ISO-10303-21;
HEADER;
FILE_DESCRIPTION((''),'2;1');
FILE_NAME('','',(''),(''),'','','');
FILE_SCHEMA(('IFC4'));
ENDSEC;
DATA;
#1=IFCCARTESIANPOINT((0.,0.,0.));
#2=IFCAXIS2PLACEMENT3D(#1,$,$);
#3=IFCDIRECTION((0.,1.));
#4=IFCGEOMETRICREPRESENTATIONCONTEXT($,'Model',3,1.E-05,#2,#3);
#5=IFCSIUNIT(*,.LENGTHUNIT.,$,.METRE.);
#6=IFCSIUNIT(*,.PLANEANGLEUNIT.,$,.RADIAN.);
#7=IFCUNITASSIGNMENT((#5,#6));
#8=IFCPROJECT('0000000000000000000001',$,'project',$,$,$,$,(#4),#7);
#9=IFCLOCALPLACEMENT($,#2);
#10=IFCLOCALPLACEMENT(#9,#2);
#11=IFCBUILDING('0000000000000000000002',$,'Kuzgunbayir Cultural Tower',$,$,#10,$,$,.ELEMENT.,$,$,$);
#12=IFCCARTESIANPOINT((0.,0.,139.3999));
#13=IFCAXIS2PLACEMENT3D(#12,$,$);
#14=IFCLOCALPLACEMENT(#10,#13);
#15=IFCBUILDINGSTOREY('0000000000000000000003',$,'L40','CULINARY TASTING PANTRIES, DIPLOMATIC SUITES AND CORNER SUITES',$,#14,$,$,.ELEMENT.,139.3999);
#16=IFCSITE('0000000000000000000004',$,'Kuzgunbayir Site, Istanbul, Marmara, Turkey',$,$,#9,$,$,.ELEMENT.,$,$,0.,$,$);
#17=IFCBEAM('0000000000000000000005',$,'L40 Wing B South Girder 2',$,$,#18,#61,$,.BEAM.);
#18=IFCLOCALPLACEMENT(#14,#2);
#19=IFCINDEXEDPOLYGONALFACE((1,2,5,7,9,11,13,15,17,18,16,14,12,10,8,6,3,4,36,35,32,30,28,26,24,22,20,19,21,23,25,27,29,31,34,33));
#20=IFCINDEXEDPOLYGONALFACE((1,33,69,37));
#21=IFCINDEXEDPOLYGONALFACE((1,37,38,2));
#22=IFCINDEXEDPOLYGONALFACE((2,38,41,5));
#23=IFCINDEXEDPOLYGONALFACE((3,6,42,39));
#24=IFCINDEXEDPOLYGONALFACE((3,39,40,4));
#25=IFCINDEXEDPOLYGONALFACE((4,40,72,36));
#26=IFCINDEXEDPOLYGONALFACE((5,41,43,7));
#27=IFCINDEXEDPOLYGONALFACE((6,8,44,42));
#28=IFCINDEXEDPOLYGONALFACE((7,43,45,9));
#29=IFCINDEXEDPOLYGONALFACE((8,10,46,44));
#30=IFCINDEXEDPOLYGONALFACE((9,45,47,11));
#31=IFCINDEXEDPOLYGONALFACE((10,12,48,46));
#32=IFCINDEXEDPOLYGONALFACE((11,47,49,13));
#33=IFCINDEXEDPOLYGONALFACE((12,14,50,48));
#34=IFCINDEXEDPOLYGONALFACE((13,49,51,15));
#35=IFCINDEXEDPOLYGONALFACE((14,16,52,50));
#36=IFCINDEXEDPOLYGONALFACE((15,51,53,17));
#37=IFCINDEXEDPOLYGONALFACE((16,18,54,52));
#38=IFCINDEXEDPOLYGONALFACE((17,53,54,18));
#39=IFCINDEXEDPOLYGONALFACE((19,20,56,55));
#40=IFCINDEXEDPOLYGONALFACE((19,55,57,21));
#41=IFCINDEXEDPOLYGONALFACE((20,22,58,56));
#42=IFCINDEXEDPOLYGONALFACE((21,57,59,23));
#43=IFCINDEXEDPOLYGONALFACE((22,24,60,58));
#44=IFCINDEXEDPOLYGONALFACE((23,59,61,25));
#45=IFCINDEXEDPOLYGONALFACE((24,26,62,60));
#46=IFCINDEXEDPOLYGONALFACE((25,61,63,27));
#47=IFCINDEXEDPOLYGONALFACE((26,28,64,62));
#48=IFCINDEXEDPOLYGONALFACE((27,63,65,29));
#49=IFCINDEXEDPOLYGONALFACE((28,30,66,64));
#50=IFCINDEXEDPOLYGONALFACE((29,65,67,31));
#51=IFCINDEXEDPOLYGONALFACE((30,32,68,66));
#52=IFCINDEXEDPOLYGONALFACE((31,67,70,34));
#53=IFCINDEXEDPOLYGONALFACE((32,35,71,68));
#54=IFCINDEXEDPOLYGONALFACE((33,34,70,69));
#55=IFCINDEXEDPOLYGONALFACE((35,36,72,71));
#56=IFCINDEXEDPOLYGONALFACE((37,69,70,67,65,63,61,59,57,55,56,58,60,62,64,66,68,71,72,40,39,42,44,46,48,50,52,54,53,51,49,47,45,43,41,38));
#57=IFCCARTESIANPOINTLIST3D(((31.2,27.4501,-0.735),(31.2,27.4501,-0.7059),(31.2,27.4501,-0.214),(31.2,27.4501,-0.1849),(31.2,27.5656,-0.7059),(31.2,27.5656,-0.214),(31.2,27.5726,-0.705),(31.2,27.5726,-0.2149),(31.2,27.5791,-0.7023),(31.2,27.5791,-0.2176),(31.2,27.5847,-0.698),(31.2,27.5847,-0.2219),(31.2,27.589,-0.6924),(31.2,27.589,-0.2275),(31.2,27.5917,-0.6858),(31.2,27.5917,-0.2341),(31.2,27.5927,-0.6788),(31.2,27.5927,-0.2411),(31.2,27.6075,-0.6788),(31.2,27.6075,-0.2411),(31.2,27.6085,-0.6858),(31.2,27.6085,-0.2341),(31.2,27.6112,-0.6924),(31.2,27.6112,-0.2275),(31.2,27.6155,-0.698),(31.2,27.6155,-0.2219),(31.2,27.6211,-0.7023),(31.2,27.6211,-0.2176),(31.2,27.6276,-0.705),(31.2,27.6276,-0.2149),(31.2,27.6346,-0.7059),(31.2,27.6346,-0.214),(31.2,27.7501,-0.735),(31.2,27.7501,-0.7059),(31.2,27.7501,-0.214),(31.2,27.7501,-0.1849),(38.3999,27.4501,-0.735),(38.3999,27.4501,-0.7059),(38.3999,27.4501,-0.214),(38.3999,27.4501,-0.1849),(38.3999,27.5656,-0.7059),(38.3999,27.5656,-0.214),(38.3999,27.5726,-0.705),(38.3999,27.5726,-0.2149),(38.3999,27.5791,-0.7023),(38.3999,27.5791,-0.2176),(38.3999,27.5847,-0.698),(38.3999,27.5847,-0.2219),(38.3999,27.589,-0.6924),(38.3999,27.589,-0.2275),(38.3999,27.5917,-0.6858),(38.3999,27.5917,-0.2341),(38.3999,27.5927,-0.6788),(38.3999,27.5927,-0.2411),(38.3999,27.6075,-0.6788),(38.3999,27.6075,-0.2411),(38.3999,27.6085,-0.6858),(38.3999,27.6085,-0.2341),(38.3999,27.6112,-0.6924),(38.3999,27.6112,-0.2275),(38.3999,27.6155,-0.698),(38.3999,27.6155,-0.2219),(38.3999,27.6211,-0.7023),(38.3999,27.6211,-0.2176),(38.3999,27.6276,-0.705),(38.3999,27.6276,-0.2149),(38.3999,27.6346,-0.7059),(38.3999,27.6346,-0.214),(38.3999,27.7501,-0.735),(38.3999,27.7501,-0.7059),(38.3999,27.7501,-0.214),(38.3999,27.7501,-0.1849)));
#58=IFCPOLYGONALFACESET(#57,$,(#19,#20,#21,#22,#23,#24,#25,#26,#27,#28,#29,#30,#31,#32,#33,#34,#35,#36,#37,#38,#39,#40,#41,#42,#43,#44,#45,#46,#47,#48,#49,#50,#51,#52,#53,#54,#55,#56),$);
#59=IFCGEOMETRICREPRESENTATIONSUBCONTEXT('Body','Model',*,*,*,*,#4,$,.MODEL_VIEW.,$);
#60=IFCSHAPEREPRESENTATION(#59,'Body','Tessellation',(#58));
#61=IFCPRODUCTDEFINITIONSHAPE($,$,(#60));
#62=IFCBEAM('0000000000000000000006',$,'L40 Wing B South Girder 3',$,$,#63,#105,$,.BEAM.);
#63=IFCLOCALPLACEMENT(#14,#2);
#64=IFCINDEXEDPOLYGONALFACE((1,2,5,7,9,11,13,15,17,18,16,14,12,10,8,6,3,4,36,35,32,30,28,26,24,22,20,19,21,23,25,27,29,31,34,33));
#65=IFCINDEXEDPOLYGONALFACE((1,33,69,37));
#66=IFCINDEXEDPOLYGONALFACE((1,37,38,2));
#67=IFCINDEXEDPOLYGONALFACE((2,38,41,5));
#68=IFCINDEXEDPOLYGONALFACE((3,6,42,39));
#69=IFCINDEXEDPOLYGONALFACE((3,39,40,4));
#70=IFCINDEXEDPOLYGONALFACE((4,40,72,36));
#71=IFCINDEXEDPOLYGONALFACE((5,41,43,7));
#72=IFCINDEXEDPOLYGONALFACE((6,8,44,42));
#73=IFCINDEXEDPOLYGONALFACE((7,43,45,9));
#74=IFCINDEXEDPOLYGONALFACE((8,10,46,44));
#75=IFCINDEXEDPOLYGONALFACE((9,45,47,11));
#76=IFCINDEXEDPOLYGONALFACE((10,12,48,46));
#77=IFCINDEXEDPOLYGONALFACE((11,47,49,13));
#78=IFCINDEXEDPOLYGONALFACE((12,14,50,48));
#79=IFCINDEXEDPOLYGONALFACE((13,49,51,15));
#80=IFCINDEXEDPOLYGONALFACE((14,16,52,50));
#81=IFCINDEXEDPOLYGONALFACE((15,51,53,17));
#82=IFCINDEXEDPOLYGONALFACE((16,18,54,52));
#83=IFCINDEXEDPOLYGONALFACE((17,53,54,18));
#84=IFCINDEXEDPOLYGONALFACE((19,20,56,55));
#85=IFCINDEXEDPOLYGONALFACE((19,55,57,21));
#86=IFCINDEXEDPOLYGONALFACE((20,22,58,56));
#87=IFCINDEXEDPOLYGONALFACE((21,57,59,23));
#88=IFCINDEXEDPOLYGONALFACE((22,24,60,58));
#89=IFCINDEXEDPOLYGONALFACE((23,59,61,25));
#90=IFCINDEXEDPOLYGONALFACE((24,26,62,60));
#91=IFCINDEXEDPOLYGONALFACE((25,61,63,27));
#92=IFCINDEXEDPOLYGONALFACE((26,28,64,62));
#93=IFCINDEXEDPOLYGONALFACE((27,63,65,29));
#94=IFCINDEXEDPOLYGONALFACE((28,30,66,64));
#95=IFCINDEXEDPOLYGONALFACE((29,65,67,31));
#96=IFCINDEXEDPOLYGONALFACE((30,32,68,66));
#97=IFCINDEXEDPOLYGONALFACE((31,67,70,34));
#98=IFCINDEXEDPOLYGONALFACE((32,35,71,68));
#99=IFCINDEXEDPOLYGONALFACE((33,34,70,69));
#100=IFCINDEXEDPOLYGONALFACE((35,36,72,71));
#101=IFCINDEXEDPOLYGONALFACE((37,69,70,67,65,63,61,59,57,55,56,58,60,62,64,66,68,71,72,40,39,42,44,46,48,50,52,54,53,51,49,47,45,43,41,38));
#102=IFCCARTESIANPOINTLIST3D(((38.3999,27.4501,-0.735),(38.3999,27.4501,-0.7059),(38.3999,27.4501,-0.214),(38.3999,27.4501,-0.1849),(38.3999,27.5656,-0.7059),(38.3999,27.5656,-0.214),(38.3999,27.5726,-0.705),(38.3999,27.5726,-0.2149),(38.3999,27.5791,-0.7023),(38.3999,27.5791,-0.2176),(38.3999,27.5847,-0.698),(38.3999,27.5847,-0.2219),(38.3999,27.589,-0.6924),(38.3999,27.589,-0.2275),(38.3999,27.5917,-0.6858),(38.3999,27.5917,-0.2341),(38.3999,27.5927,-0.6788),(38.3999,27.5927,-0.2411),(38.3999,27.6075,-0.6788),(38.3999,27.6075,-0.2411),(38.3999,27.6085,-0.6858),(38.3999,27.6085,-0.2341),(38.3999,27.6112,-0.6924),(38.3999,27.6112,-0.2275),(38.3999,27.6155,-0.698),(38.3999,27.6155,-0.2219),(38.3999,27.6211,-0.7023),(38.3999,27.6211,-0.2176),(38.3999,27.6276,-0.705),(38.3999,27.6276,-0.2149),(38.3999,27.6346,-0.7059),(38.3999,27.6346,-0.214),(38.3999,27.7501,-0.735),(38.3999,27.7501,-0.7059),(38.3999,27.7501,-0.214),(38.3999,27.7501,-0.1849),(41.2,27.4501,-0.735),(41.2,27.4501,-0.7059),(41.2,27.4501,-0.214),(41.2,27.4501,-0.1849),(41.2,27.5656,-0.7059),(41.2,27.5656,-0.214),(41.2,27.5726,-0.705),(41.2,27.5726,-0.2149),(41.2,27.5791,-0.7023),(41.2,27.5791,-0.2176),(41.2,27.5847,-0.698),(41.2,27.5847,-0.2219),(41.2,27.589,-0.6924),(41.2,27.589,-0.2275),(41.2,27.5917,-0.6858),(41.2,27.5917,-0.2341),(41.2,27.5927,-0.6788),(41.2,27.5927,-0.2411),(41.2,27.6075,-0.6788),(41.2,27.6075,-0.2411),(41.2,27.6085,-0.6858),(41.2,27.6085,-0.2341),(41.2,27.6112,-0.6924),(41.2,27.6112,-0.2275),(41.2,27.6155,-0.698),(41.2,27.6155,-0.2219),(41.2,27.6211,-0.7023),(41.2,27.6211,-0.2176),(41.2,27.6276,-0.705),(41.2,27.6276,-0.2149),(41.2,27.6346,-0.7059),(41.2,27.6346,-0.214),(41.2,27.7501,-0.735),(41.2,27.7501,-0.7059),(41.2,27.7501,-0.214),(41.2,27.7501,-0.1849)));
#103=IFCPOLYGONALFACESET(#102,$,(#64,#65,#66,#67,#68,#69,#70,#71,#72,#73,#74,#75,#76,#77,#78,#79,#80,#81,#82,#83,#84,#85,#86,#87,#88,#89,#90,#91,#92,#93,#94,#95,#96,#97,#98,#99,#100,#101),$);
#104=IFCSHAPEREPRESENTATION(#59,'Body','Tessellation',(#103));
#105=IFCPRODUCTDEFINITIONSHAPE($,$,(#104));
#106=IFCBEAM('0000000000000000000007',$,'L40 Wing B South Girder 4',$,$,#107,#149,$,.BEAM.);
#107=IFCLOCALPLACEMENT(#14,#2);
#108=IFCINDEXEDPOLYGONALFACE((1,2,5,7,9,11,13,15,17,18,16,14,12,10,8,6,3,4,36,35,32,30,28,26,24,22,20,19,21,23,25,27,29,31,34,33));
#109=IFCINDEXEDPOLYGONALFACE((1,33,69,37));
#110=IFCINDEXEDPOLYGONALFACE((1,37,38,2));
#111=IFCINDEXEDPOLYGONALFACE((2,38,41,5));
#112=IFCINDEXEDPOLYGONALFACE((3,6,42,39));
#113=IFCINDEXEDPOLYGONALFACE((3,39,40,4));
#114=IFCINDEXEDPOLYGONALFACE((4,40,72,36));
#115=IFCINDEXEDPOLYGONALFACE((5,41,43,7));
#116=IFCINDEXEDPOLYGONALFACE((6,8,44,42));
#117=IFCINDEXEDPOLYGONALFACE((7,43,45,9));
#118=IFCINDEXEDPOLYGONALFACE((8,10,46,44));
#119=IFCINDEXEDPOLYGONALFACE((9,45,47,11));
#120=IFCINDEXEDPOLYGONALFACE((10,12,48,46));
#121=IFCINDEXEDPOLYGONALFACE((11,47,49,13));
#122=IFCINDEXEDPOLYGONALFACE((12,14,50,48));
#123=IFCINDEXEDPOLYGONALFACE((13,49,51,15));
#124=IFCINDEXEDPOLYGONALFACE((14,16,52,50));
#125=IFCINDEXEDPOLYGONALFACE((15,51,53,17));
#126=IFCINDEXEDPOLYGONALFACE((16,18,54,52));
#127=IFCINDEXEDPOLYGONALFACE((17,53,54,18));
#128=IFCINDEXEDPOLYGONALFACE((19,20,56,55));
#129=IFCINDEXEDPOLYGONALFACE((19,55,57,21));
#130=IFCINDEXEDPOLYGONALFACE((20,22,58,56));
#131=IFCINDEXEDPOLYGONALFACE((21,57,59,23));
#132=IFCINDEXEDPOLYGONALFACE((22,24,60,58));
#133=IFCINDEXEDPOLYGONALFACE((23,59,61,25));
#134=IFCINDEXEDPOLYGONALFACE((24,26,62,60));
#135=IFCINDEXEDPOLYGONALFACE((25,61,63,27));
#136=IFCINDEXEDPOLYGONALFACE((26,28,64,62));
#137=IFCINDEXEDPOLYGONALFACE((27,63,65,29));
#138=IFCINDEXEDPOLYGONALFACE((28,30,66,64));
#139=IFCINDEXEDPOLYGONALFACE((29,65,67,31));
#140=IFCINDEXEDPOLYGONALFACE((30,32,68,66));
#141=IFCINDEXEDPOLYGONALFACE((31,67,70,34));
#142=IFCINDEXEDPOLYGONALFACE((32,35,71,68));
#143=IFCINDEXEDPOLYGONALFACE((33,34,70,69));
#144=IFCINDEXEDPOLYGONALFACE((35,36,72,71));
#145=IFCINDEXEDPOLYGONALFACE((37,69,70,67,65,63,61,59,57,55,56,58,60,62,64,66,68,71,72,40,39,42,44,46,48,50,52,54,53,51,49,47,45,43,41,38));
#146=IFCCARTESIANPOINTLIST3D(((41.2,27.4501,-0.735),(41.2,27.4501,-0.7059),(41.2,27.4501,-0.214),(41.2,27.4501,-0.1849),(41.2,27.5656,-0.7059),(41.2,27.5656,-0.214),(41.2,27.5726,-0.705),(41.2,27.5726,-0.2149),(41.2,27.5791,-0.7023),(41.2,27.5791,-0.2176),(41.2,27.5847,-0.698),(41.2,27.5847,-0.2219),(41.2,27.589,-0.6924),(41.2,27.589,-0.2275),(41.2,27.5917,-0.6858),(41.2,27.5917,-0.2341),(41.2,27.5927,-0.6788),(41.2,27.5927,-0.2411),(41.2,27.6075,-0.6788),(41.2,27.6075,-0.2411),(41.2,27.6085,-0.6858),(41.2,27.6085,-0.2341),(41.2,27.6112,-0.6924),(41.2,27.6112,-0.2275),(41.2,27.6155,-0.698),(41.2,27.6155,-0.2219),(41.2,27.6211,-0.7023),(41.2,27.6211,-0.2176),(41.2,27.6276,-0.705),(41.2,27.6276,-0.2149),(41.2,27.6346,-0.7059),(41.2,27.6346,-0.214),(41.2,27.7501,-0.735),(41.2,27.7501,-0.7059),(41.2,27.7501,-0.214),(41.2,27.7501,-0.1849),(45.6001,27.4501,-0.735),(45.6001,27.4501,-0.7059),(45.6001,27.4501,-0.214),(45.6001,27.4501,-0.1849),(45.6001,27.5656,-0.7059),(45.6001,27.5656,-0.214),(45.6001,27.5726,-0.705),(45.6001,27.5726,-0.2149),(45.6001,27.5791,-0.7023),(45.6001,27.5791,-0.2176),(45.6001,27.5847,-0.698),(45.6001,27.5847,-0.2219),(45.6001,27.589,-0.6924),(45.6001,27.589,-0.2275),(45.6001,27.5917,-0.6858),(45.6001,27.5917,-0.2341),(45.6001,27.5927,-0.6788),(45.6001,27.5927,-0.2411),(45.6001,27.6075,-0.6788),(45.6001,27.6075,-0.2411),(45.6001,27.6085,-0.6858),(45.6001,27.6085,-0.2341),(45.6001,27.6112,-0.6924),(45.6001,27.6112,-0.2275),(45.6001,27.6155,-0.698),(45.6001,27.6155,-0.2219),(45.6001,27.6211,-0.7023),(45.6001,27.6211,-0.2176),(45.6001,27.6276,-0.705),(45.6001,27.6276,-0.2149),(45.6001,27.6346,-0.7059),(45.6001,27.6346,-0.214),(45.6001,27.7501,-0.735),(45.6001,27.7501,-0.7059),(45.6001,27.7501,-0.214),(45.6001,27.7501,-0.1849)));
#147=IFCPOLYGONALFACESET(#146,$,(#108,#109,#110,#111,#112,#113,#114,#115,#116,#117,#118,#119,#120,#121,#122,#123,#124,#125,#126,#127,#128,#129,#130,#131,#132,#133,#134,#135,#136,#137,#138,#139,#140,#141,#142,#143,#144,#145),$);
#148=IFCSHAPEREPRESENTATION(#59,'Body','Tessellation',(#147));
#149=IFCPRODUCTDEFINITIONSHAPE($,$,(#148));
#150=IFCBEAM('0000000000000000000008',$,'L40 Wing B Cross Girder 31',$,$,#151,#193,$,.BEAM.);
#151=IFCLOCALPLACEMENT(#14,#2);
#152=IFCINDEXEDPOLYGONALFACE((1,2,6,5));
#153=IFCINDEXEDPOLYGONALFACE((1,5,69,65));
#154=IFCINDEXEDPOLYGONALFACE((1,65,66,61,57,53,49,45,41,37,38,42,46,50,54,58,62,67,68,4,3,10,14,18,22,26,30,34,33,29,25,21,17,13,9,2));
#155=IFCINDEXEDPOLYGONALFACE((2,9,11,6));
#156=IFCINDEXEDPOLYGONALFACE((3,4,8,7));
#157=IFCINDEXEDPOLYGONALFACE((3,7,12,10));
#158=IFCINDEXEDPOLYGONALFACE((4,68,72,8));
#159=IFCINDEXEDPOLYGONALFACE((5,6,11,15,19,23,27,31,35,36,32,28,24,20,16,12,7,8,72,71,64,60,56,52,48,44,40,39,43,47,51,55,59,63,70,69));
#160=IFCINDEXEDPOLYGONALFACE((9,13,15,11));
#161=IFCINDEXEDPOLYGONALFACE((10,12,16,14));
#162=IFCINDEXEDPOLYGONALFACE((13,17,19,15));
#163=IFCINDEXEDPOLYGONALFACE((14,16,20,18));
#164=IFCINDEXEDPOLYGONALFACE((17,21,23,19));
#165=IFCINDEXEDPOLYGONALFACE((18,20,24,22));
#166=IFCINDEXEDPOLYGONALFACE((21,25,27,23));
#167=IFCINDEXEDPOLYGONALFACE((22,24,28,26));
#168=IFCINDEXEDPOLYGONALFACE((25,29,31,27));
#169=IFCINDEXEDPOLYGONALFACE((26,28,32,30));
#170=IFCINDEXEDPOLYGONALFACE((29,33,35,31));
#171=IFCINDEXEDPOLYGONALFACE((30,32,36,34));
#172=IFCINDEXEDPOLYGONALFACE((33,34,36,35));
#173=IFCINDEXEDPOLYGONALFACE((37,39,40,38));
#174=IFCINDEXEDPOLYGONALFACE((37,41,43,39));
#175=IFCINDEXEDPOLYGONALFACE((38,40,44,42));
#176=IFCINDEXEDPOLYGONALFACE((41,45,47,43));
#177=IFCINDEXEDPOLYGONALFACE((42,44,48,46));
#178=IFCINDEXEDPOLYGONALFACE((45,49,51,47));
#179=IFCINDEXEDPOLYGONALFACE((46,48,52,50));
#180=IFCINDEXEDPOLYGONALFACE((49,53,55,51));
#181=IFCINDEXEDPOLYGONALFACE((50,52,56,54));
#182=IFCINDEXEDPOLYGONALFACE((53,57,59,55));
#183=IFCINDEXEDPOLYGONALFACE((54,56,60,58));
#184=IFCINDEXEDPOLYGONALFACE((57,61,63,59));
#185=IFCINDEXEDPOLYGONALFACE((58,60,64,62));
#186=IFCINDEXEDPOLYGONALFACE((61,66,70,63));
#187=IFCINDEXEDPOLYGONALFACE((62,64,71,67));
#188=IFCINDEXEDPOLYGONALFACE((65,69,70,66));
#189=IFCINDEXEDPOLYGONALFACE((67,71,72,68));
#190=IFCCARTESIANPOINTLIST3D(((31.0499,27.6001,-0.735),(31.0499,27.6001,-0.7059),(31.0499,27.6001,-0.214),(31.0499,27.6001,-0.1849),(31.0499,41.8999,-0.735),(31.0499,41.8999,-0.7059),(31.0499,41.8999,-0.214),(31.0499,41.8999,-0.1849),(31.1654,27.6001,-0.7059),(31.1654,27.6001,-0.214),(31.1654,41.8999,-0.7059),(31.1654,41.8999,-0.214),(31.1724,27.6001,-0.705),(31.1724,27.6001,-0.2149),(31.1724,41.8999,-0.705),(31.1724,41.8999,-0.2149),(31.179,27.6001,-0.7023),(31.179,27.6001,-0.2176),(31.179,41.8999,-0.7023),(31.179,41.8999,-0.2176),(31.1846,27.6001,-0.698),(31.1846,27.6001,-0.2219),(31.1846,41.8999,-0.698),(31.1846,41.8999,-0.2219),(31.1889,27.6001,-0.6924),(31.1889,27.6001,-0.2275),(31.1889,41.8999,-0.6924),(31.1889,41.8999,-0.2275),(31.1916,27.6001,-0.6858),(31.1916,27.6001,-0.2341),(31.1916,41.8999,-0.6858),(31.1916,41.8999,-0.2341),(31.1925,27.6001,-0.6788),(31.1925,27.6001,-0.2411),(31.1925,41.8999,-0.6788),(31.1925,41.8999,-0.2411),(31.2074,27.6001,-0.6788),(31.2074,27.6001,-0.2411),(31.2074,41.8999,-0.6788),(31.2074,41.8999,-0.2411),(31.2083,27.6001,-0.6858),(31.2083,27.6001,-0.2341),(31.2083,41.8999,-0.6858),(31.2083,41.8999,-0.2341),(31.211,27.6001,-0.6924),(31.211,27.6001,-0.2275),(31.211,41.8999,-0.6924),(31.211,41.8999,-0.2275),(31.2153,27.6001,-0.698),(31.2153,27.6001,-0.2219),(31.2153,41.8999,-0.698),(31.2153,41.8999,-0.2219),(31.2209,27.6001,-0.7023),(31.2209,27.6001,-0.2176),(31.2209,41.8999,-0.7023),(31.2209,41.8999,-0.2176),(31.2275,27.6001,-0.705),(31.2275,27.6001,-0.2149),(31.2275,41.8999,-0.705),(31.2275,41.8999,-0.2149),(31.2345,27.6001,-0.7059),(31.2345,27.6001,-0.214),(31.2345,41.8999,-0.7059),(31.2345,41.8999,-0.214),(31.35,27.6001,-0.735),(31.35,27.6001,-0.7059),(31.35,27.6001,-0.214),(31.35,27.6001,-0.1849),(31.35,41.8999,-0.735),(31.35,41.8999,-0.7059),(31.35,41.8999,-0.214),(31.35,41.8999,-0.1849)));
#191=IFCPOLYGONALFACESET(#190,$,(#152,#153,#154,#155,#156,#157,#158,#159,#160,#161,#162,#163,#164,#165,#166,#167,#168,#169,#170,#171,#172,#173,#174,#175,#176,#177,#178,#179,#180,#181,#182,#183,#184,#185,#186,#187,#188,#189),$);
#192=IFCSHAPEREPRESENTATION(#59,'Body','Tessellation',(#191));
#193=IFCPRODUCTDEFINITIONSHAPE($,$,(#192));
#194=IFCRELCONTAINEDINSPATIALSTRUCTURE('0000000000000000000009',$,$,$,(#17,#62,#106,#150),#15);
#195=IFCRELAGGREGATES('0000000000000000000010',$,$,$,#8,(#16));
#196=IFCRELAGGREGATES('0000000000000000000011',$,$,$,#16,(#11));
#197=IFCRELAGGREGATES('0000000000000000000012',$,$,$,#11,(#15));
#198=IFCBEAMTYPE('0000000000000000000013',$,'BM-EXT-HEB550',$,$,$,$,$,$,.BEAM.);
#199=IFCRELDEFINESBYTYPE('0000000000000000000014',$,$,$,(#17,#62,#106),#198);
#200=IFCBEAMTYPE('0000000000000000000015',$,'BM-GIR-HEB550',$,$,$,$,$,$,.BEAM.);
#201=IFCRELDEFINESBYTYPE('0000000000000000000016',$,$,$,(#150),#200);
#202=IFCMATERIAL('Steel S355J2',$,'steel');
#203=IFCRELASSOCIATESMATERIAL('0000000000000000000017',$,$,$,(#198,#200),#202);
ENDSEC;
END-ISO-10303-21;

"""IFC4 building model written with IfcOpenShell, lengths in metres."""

from ifc_helpers import new_model, si_unit, direction, frame, origin, origin_2d, place, context, subcontext, project, spatial, i_section, extrude, material, material_profile, profile_set, type_object, element, save


model = new_model("IFC4")

# Units and contexts
model_context = context("Model", 3, precision=1e-05, world=origin(), true_north=direction((0.0, 1.0)))
body_context = subcontext(model_context, "Body", "Model", "MODEL_VIEW")
ifc_project = project(units=[si_unit("LENGTHUNIT", "METRE"), si_unit("PLANEANGLEUNIT", "RADIAN")], contexts=[model_context])

# Site, building, storey
site_placement = place(None, origin())
site = spatial("IfcSite", under=ifc_project, at=site_placement, Name="Kuzgunbayir Site, Istanbul, Marmara, Turkey", CompositionType="ELEMENT", RefElevation=0.0)
building_placement = place(site_placement, origin())
building = spatial("IfcBuilding", under=site, at=building_placement, Name="Kuzgunbayir Cultural Tower", CompositionType="ELEMENT")
storey_placement = place(building_placement, frame((0.0, 0.0, 139.3999)))
storey = spatial("IfcBuildingStorey", under=building, at=storey_placement, Name="L40", Description="CULINARY TASTING PANTRIES, DIPLOMATIC SUITES AND CORNER SUITES", CompositionType="ELEMENT", Elevation=139.3999)

# Beams
ifc_material_1 = material(Name="Steel S355J2", Category="steel")
ifc_material_profile_1 = material_profile(ifc_material_1, i_section(OverallWidth=0.3, OverallDepth=0.55, WebThickness=0.0149, FlangeThickness=0.0291, FilletRadius=0.0271, at=origin_2d()), Name="HEB 550")
ifc_profile_set_1 = profile_set([ifc_material_profile_1], Name="Steel S355J2")
beam_type_1 = type_object("IfcBeamType", Name="BM-EXT-HEB550", PredefinedType="BEAM", material=ifc_profile_set_1)
beam_1_placement = place(storey_placement, frame((31.2, 27.6001, -0.46), z_axis=(1.0, 0.0, 0.0), x_axis=(0.0, 1.0, 0.0)))
element("IfcBeam", 1, at=beam_1_placement, inside=storey, type_object=beam_type_1, Name="L40 Wing B South Girder 2", PredefinedType="BEAM", context=body_context, shape_type="SweptSolid", body=[
    extrude(i_section(OverallWidth=0.3, OverallDepth=0.55, WebThickness=0.0149, FlangeThickness=0.0291, FilletRadius=0.0271, at=origin_2d()), origin(), (0.0, 0.0, 1.0), 7.2),
])
beam_2_placement = place(storey_placement, frame((38.3999, 27.6001, -0.46), z_axis=(1.0, 0.0, 0.0), x_axis=(0.0, 1.0, 0.0)))
element("IfcBeam", 2, at=beam_2_placement, inside=storey, type_object=beam_type_1, Name="L40 Wing B South Girder 3", PredefinedType="BEAM", context=body_context, shape_type="SweptSolid", body=[
    extrude(i_section(OverallWidth=0.3, OverallDepth=0.55, WebThickness=0.0149, FlangeThickness=0.0291, FilletRadius=0.0271, at=origin_2d()), origin(), (0.0, 0.0, 1.0), 2.8),
])
beam_3_placement = place(storey_placement, frame((41.2, 27.6001, -0.46), z_axis=(1.0, 0.0, 0.0), x_axis=(0.0, 1.0, 0.0)))
element("IfcBeam", 3, at=beam_3_placement, inside=storey, type_object=beam_type_1, Name="L40 Wing B South Girder 4", PredefinedType="BEAM", context=body_context, shape_type="SweptSolid", body=[
    extrude(i_section(OverallWidth=0.3, OverallDepth=0.55, WebThickness=0.0149, FlangeThickness=0.0291, FilletRadius=0.0271, at=origin_2d()), origin(), (0.0, 0.0, 1.0), 4.4001),
])
ifc_material_profile_2 = material_profile(ifc_material_1, i_section(OverallWidth=0.3, OverallDepth=0.55, WebThickness=0.0149, FlangeThickness=0.0291, FilletRadius=0.0271, at=origin_2d()), Name="HEB 550")
ifc_profile_set_2 = profile_set([ifc_material_profile_2], Name="Steel S355J2")
beam_type_2 = type_object("IfcBeamType", Name="BM-GIR-HEB550", PredefinedType="BEAM", material=ifc_profile_set_2)
beam_4_placement = place(storey_placement, frame((31.2, 27.6001, -0.46), z_axis=(0.0, 1.0, 0.0), x_axis=(-1.0, 0.0, 0.0)))
element("IfcBeam", 4, at=beam_4_placement, inside=storey, type_object=beam_type_2, Name="L40 Wing B Cross Girder 31", PredefinedType="BEAM", context=body_context, shape_type="SweptSolid", body=[
    extrude(i_section(OverallWidth=0.3, OverallDepth=0.55, WebThickness=0.0149, FlangeThickness=0.0291, FilletRadius=0.0271, at=origin_2d()), origin(), (0.0, 0.0, 1.0), 14.2998),
])

save(model, "model.ifc")
